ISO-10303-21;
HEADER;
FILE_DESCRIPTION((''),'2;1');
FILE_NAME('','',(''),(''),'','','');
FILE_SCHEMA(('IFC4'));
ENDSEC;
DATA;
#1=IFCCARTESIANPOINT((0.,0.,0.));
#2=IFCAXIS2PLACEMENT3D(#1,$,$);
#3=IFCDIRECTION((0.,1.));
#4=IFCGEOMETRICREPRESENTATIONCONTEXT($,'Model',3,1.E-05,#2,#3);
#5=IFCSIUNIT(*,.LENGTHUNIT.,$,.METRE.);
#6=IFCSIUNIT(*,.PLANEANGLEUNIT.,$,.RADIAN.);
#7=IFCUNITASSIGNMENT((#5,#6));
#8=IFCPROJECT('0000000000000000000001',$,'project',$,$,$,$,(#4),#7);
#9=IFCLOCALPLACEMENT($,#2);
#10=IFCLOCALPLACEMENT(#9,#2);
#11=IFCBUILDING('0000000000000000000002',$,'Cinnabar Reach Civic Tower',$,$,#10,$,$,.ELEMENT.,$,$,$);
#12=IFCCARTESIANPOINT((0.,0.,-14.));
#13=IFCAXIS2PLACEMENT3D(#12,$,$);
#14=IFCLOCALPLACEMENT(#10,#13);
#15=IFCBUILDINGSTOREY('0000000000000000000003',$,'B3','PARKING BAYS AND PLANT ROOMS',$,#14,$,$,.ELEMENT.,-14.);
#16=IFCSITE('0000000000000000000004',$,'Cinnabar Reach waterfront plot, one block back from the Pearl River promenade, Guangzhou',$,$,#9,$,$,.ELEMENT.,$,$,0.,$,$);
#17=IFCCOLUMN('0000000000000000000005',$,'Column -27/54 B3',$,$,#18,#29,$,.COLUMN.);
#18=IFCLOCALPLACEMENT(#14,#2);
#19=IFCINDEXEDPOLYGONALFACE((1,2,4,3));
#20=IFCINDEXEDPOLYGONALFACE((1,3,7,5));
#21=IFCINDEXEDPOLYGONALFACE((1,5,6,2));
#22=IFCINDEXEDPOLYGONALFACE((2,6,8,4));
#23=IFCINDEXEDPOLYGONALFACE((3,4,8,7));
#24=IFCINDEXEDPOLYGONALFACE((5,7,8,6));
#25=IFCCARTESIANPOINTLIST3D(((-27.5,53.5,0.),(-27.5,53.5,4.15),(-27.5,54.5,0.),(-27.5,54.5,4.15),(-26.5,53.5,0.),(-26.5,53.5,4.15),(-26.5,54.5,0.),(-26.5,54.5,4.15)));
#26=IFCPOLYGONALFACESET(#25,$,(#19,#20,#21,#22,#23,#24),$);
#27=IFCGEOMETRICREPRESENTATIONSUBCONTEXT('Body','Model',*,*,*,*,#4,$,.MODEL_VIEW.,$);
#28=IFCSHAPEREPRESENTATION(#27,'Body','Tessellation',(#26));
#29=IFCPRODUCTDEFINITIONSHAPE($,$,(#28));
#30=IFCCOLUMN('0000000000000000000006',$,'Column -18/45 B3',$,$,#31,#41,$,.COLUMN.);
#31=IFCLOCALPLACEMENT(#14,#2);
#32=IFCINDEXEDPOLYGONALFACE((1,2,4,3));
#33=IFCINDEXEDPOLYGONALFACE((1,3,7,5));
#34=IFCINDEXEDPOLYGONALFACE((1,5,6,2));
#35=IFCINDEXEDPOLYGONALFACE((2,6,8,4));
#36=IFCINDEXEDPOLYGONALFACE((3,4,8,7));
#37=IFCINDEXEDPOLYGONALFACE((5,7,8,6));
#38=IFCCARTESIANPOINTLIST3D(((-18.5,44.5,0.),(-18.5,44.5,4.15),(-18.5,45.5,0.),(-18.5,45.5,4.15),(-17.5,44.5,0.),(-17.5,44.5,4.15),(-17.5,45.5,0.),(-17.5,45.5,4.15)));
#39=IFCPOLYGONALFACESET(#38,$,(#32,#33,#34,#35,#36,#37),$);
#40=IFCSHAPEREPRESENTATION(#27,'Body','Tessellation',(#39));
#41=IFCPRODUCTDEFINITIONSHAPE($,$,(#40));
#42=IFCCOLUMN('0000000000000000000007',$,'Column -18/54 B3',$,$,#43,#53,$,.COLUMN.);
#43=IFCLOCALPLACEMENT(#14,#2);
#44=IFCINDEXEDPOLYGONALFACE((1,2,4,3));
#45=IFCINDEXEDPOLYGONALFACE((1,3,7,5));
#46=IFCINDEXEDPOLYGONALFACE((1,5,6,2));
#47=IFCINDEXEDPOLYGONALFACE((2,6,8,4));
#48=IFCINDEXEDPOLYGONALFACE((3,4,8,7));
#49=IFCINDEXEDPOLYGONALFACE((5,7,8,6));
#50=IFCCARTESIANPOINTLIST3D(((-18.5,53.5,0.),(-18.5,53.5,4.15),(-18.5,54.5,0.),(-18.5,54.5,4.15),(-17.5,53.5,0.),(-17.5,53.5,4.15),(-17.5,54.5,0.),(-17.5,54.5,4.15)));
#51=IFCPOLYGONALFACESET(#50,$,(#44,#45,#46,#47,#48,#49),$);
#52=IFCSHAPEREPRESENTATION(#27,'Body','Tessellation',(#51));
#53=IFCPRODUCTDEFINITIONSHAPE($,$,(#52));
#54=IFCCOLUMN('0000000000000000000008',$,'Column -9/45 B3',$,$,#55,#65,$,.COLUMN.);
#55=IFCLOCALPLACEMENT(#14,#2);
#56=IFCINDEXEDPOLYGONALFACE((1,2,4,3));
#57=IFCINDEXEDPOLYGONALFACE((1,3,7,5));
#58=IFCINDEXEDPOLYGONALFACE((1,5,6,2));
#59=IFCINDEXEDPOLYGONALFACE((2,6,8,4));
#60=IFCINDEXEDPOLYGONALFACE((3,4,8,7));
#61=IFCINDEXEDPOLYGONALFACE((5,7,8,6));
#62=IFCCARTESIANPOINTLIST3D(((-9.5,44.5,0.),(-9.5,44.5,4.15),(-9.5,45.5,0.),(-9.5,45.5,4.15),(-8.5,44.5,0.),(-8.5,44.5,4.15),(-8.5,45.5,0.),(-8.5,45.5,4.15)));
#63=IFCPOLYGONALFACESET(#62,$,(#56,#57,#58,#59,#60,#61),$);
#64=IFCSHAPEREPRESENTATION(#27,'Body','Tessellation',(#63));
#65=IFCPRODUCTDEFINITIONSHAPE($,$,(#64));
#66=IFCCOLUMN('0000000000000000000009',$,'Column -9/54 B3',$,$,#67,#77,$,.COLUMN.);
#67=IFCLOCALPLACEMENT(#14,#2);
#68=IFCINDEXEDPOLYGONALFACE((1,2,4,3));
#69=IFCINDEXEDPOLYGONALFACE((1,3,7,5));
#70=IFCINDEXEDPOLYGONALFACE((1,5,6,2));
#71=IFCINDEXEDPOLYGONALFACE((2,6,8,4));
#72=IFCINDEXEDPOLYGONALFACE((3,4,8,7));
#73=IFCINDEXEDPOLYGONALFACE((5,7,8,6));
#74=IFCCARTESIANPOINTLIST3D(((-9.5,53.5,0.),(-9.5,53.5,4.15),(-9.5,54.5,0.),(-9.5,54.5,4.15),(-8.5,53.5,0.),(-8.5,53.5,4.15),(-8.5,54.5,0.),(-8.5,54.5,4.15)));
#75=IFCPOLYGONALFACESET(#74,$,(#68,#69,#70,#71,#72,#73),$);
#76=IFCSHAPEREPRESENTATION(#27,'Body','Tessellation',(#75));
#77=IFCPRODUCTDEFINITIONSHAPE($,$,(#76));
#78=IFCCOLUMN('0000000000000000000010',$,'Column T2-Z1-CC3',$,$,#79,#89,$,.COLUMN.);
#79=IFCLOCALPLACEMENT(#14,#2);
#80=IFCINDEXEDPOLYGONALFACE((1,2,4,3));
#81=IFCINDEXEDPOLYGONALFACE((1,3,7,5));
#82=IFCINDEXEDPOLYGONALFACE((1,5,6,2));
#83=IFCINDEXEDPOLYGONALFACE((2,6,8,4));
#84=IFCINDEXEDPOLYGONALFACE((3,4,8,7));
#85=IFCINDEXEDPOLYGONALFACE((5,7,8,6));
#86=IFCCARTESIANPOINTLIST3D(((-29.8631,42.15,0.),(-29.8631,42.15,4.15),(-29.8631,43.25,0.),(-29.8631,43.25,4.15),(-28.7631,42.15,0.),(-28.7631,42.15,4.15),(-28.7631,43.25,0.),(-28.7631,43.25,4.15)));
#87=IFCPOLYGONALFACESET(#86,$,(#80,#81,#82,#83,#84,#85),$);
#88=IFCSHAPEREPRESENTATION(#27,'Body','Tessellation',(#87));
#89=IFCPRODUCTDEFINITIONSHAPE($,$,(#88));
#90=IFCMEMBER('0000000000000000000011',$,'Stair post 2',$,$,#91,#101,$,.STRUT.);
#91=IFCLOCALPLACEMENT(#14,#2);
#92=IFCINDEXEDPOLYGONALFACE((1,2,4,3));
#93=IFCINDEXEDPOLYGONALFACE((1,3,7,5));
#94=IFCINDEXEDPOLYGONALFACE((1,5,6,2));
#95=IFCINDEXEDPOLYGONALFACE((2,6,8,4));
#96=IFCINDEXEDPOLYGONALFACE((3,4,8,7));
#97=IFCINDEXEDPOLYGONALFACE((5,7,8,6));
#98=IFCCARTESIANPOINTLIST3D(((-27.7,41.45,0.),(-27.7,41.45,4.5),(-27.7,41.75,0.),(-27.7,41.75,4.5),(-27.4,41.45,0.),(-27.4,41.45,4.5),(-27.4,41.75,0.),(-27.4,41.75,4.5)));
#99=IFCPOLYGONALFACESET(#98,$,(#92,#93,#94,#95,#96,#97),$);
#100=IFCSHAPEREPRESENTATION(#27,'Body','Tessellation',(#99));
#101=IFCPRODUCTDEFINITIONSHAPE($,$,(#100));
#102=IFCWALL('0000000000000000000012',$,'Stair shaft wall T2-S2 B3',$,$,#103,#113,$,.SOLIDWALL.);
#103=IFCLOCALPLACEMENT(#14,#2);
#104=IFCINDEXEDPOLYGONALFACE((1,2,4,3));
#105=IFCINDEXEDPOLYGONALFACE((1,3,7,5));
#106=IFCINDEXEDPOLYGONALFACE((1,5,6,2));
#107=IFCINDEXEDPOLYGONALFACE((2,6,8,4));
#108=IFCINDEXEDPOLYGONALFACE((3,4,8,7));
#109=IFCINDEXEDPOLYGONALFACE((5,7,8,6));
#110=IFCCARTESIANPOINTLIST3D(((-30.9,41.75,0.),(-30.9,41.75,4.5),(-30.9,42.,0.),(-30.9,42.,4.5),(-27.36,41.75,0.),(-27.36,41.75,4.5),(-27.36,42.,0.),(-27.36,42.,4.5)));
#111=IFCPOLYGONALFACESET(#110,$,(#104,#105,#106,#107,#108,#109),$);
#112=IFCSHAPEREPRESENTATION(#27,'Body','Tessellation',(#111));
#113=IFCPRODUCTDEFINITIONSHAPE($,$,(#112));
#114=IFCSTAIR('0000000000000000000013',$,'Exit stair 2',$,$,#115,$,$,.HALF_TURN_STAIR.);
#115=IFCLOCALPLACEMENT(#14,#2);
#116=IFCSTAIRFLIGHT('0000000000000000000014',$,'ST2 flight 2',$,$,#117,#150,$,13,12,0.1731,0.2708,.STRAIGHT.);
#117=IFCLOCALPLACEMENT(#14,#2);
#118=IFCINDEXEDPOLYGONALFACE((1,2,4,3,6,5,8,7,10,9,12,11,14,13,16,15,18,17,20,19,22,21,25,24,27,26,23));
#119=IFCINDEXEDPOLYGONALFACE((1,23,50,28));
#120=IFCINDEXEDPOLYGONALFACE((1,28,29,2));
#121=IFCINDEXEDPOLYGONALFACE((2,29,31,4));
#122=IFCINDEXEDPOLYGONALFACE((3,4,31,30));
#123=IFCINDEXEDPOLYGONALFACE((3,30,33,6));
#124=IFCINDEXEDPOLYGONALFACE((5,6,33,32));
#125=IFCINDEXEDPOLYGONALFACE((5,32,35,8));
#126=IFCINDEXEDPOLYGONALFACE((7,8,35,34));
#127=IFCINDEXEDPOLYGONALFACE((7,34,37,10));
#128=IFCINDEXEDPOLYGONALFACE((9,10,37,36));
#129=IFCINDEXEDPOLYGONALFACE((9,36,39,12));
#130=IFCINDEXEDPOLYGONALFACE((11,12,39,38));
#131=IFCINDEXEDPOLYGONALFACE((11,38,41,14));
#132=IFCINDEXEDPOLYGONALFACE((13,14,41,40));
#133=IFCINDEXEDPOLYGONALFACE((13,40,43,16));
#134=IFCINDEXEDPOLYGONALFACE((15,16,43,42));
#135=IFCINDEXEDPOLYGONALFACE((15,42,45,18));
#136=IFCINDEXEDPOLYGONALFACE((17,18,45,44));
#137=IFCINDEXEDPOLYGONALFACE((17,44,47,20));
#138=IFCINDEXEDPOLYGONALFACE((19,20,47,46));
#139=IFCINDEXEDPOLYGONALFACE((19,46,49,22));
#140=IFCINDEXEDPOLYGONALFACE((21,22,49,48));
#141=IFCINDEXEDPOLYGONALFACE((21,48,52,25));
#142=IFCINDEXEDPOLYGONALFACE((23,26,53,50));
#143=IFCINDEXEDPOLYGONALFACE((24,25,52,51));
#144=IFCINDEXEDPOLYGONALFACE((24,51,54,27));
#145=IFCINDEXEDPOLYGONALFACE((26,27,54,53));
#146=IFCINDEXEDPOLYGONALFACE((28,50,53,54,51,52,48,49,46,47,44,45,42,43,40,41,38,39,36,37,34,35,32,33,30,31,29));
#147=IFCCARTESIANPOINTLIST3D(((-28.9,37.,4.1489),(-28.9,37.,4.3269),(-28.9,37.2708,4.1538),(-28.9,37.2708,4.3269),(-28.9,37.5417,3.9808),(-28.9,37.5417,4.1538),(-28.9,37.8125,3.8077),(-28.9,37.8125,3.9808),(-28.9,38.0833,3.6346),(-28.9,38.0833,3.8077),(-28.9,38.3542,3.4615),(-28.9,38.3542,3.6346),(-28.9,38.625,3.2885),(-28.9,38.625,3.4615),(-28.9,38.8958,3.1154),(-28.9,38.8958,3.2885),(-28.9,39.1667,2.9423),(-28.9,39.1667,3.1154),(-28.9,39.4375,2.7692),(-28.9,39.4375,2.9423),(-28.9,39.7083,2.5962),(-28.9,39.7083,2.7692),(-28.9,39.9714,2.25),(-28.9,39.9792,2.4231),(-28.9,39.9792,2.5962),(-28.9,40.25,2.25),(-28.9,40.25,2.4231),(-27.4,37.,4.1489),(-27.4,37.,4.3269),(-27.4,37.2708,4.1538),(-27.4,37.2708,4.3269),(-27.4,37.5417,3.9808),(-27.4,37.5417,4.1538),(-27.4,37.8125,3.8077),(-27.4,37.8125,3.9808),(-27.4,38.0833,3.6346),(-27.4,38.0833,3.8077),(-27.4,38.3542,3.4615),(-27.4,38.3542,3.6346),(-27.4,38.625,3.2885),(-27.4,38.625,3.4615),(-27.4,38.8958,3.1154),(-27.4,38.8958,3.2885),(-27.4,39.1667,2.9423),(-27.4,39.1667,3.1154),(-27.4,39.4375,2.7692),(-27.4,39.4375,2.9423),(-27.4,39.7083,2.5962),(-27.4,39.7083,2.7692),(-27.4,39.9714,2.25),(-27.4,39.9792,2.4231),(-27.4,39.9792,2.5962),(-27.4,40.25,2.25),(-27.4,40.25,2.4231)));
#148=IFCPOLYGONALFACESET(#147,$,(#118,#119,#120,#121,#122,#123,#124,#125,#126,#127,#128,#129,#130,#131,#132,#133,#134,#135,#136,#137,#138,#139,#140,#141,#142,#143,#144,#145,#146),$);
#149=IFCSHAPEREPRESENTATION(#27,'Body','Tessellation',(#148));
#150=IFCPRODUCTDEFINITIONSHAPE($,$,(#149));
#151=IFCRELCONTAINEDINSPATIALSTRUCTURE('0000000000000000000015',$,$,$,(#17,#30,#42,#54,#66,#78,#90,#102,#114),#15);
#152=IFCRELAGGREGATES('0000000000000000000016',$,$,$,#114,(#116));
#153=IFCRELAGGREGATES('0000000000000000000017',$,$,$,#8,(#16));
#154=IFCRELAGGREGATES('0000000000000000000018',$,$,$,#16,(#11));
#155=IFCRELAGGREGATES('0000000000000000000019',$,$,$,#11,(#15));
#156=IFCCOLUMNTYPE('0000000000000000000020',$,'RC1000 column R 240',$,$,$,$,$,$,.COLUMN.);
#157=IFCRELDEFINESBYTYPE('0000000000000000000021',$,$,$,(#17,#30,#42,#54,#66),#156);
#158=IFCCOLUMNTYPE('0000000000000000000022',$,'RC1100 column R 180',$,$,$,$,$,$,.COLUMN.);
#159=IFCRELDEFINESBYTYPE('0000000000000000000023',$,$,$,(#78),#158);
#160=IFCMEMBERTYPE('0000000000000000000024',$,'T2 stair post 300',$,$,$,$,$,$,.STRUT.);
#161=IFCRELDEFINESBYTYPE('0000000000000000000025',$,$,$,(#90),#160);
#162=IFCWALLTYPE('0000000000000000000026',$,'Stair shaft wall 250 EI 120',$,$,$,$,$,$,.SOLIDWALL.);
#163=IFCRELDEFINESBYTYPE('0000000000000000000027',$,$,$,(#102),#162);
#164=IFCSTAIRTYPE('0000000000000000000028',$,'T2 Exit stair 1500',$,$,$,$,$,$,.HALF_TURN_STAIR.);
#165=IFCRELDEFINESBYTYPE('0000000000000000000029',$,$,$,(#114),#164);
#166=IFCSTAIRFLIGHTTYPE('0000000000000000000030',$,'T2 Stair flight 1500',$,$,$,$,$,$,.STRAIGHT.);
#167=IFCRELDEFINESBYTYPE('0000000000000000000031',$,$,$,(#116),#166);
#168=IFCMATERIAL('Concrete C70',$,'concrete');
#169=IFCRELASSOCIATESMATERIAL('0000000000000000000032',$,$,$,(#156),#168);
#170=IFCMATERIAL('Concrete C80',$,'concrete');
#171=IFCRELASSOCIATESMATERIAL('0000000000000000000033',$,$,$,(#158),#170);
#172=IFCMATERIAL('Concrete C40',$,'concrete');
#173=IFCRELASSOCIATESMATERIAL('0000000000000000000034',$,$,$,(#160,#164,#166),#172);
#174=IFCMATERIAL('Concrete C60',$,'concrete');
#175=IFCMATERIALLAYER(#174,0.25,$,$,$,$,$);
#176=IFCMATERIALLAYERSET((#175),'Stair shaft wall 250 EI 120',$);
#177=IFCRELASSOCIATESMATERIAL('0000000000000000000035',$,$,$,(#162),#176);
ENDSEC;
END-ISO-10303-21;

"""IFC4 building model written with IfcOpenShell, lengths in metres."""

from ifc_helpers import new_model, si_unit, direction, frame, frame_2d, origin, origin_2d, place, context, subcontext, project, spatial, polyline, rectangle, outline, extrude, material, layer, layer_set, material_profile, profile_set, type_object, element, aggregate, save


model = new_model("IFC4")

# Units and contexts
model_context = context("Model", 3, precision=1e-05, world=origin(), true_north=direction((0.0, 1.0)))
body_context = subcontext(model_context, "Body", "Model", "MODEL_VIEW")
ifc_project = project(units=[si_unit("LENGTHUNIT", "METRE"), si_unit("PLANEANGLEUNIT", "RADIAN")], contexts=[model_context])

# Site, building, storey
site_placement = place(None, origin())
site = spatial("IfcSite", under=ifc_project, at=site_placement, Name="Cinnabar Reach waterfront plot, one block back from the Pearl River promenade, Guangzhou", CompositionType="ELEMENT", RefElevation=0.0)
building_placement = place(site_placement, origin())
building = spatial("IfcBuilding", under=site, at=building_placement, Name="Cinnabar Reach Civic Tower", CompositionType="ELEMENT")
storey_placement = place(building_placement, frame((0.0, 0.0, -14.0)))
storey = spatial("IfcBuildingStorey", under=building, at=storey_placement, Name="B3", Description="PARKING BAYS AND PLANT ROOMS", CompositionType="ELEMENT", Elevation=-14.0)

# Shared definitions
ifc_material_1 = material(Name="Concrete C40", Category="concrete")

# Columns
ifc_material_2 = material(Name="Concrete C70", Category="concrete")
ifc_material_profile_1 = material_profile(ifc_material_2, rectangle(XDim=1.0, YDim=1.0, at=origin_2d()), Name="RC1000")
ifc_profile_set_1 = profile_set([ifc_material_profile_1], Name="Concrete C70")
column_type_1 = type_object("IfcColumnType", Name="RC1000 column R 240", PredefinedType="COLUMN", material=ifc_profile_set_1)
for number, where, z_axis, x_axis, name in (
    (1, (-27.0, 54.0, 0.0), (0.0, 0.0, 1.0), (1.0, 0.0, 0.0), "Column -27/54 B3"),
    (2, (-18.0, 45.0, 0.0), (0.0, 0.0, 1.0), (1.0, 0.0, 0.0), "Column -18/45 B3"),
    (3, (-18.0, 54.0, 0.0), (0.0, 0.0, 1.0), (1.0, 0.0, 0.0), "Column -18/54 B3"),
    (4, (-9.0, 45.0, 0.0), (0.0, 0.0, 1.0), (1.0, 0.0, 0.0), "Column -9/45 B3"),
    (5, (-9.0, 54.0, 0.0), (0.0, 0.0, 1.0), (1.0, 0.0, 0.0), "Column -9/54 B3"),
):
    element("IfcColumn", number, at=place(storey_placement, frame(where, z_axis=z_axis, x_axis=x_axis)), inside=storey, type_object=column_type_1, Name=name, PredefinedType="COLUMN", context=body_context, shape_type="SweptSolid", body=[
        extrude(rectangle(XDim=1.0, YDim=1.0, at=origin_2d()), origin(), (0.0, 0.0, 1.0), 4.15),
    ])
ifc_material_3 = material(Name="Concrete C80", Category="concrete")
ifc_material_profile_2 = material_profile(ifc_material_3, rectangle(XDim=1.1, YDim=1.1, at=origin_2d()), Name="RC1100")
ifc_profile_set_2 = profile_set([ifc_material_profile_2], Name="Concrete C80")
column_type_2 = type_object("IfcColumnType", Name="RC1100 column R 180", PredefinedType="COLUMN", material=ifc_profile_set_2)
column_placement = place(storey_placement, frame((-29.3131, 42.7, 0.0), z_axis=(0.0, 0.0, 1.0), x_axis=(1.0, 0.0, 0.0)))
element("IfcColumn", 6, at=column_placement, inside=storey, type_object=column_type_2, Name="Column T2-Z1-CC3", PredefinedType="COLUMN", context=body_context, shape_type="SweptSolid", body=[
    extrude(rectangle(XDim=1.1, YDim=1.1, at=origin_2d()), origin(), (0.0, 0.0, 1.0), 4.15),
])

# Member
ifc_material_profile_3 = material_profile(ifc_material_1, rectangle(XDim=0.3, YDim=0.3, at=origin_2d()), Name="C300")
ifc_profile_set_3 = profile_set([ifc_material_profile_3], Name="Concrete C40")
member_type = type_object("IfcMemberType", Name="T2 stair post 300", PredefinedType="STRUT", material=ifc_profile_set_3)
member_placement = place(storey_placement, frame((-27.55, 41.6, 0.0), z_axis=(0.0, 0.0, 1.0), x_axis=(1.0, 0.0, 0.0)))
element("IfcMember", 7, at=member_placement, inside=storey, type_object=member_type, Name="Stair post 2", PredefinedType="STRUT", context=body_context, shape_type="SweptSolid", body=[
    extrude(rectangle(XDim=0.3, YDim=0.3, at=origin_2d()), origin(), (0.0, 0.0, 1.0), 4.5),
])

# Wall
ifc_material_4 = material(Name="Concrete C60", Category="concrete")
ifc_layer = layer(ifc_material_4, 0.25)
ifc_layer_set = layer_set([ifc_layer], Name="Stair shaft wall 250 EI 120")
wall_type = type_object("IfcWallType", Name="Stair shaft wall 250 EI 120", PredefinedType="SOLIDWALL", material=ifc_layer_set)
wall_placement = place(storey_placement, frame((-27.36, 41.875, 0.0), z_axis=(0.0, 0.0, 1.0), x_axis=(-1.0, 0.0, 0.0)))
element("IfcWall", 8, at=wall_placement, inside=storey, type_object=wall_type, Name="Stair shaft wall T2-S2 B3", PredefinedType="SOLIDWALL", context=body_context, shape_type="SweptSolid", body=[
    extrude(rectangle(XDim=3.54, YDim=0.25, at=frame_2d((1.77, 0.0))), origin(), (0.0, 0.0, 1.0), 4.5),
])

# Stair, stair flight
stair_type = type_object("IfcStairType", Name="T2 Exit stair 1500", PredefinedType="HALF_TURN_STAIR", material=ifc_material_1)
stair_placement = place(storey_placement, origin())
stair = element("IfcStair", 9, at=stair_placement, inside=storey, type_object=stair_type, Name="Exit stair 2", PredefinedType="HALF_TURN_STAIR")
stair_flight_type = type_object("IfcStairFlightType", Name="T2 Stair flight 1500", PredefinedType="STRAIGHT", material=ifc_material_1)
stair_flight_placement = place(storey_placement, frame((-28.15, 40.25, 2.25), z_axis=(0.0, 0.0, 1.0), x_axis=(0.0, -1.0, 0.0)))
stair_flight = element("IfcStairFlight", 10, at=stair_flight_placement, type_object=stair_flight_type, Name="ST2 flight 2", NumberOfRisers=13, NumberOfTreads=12, PredefinedType="STRAIGHT", RiserHeight=0.1731, TreadLength=0.2708, context=body_context, shape_type="SweptSolid", body=[
    extrude(outline(polyline([(0.0, 0.0), (0.0, 0.1731), (0.2708, 0.1731), (0.2708, 0.3462), (0.5417, 0.3462), (0.5417, 0.5192), (0.8125, 0.5192), (0.8125, 0.6923), (1.0833, 0.6923), (1.0833, 0.8654), (1.3542, 0.8654), (1.3542, 1.0385), (1.625, 1.0385), (1.625, 1.2115), (1.8958, 1.2115), (1.8958, 1.3846), (2.1667, 1.3846), (2.1667, 1.5577), (2.4375, 1.5577), (2.4375, 1.7308), (2.7083, 1.7308), (2.7083, 1.9038), (2.9792, 1.9038), (2.9792, 2.0769), (3.25, 2.0769), (3.25, 2.25), (3.25, 1.8989), (0.2786, 0.0), (0.0, 0.0)])), frame((0.0, 0.75, 0.0), z_axis=(0.0, -1.0, 0.0), x_axis=(1.0, 0.0, 0.0)), (0.0, 0.0, 1.0), 1.5),
])
aggregate(stair, [stair_flight])

save(model, "model.ifc")
